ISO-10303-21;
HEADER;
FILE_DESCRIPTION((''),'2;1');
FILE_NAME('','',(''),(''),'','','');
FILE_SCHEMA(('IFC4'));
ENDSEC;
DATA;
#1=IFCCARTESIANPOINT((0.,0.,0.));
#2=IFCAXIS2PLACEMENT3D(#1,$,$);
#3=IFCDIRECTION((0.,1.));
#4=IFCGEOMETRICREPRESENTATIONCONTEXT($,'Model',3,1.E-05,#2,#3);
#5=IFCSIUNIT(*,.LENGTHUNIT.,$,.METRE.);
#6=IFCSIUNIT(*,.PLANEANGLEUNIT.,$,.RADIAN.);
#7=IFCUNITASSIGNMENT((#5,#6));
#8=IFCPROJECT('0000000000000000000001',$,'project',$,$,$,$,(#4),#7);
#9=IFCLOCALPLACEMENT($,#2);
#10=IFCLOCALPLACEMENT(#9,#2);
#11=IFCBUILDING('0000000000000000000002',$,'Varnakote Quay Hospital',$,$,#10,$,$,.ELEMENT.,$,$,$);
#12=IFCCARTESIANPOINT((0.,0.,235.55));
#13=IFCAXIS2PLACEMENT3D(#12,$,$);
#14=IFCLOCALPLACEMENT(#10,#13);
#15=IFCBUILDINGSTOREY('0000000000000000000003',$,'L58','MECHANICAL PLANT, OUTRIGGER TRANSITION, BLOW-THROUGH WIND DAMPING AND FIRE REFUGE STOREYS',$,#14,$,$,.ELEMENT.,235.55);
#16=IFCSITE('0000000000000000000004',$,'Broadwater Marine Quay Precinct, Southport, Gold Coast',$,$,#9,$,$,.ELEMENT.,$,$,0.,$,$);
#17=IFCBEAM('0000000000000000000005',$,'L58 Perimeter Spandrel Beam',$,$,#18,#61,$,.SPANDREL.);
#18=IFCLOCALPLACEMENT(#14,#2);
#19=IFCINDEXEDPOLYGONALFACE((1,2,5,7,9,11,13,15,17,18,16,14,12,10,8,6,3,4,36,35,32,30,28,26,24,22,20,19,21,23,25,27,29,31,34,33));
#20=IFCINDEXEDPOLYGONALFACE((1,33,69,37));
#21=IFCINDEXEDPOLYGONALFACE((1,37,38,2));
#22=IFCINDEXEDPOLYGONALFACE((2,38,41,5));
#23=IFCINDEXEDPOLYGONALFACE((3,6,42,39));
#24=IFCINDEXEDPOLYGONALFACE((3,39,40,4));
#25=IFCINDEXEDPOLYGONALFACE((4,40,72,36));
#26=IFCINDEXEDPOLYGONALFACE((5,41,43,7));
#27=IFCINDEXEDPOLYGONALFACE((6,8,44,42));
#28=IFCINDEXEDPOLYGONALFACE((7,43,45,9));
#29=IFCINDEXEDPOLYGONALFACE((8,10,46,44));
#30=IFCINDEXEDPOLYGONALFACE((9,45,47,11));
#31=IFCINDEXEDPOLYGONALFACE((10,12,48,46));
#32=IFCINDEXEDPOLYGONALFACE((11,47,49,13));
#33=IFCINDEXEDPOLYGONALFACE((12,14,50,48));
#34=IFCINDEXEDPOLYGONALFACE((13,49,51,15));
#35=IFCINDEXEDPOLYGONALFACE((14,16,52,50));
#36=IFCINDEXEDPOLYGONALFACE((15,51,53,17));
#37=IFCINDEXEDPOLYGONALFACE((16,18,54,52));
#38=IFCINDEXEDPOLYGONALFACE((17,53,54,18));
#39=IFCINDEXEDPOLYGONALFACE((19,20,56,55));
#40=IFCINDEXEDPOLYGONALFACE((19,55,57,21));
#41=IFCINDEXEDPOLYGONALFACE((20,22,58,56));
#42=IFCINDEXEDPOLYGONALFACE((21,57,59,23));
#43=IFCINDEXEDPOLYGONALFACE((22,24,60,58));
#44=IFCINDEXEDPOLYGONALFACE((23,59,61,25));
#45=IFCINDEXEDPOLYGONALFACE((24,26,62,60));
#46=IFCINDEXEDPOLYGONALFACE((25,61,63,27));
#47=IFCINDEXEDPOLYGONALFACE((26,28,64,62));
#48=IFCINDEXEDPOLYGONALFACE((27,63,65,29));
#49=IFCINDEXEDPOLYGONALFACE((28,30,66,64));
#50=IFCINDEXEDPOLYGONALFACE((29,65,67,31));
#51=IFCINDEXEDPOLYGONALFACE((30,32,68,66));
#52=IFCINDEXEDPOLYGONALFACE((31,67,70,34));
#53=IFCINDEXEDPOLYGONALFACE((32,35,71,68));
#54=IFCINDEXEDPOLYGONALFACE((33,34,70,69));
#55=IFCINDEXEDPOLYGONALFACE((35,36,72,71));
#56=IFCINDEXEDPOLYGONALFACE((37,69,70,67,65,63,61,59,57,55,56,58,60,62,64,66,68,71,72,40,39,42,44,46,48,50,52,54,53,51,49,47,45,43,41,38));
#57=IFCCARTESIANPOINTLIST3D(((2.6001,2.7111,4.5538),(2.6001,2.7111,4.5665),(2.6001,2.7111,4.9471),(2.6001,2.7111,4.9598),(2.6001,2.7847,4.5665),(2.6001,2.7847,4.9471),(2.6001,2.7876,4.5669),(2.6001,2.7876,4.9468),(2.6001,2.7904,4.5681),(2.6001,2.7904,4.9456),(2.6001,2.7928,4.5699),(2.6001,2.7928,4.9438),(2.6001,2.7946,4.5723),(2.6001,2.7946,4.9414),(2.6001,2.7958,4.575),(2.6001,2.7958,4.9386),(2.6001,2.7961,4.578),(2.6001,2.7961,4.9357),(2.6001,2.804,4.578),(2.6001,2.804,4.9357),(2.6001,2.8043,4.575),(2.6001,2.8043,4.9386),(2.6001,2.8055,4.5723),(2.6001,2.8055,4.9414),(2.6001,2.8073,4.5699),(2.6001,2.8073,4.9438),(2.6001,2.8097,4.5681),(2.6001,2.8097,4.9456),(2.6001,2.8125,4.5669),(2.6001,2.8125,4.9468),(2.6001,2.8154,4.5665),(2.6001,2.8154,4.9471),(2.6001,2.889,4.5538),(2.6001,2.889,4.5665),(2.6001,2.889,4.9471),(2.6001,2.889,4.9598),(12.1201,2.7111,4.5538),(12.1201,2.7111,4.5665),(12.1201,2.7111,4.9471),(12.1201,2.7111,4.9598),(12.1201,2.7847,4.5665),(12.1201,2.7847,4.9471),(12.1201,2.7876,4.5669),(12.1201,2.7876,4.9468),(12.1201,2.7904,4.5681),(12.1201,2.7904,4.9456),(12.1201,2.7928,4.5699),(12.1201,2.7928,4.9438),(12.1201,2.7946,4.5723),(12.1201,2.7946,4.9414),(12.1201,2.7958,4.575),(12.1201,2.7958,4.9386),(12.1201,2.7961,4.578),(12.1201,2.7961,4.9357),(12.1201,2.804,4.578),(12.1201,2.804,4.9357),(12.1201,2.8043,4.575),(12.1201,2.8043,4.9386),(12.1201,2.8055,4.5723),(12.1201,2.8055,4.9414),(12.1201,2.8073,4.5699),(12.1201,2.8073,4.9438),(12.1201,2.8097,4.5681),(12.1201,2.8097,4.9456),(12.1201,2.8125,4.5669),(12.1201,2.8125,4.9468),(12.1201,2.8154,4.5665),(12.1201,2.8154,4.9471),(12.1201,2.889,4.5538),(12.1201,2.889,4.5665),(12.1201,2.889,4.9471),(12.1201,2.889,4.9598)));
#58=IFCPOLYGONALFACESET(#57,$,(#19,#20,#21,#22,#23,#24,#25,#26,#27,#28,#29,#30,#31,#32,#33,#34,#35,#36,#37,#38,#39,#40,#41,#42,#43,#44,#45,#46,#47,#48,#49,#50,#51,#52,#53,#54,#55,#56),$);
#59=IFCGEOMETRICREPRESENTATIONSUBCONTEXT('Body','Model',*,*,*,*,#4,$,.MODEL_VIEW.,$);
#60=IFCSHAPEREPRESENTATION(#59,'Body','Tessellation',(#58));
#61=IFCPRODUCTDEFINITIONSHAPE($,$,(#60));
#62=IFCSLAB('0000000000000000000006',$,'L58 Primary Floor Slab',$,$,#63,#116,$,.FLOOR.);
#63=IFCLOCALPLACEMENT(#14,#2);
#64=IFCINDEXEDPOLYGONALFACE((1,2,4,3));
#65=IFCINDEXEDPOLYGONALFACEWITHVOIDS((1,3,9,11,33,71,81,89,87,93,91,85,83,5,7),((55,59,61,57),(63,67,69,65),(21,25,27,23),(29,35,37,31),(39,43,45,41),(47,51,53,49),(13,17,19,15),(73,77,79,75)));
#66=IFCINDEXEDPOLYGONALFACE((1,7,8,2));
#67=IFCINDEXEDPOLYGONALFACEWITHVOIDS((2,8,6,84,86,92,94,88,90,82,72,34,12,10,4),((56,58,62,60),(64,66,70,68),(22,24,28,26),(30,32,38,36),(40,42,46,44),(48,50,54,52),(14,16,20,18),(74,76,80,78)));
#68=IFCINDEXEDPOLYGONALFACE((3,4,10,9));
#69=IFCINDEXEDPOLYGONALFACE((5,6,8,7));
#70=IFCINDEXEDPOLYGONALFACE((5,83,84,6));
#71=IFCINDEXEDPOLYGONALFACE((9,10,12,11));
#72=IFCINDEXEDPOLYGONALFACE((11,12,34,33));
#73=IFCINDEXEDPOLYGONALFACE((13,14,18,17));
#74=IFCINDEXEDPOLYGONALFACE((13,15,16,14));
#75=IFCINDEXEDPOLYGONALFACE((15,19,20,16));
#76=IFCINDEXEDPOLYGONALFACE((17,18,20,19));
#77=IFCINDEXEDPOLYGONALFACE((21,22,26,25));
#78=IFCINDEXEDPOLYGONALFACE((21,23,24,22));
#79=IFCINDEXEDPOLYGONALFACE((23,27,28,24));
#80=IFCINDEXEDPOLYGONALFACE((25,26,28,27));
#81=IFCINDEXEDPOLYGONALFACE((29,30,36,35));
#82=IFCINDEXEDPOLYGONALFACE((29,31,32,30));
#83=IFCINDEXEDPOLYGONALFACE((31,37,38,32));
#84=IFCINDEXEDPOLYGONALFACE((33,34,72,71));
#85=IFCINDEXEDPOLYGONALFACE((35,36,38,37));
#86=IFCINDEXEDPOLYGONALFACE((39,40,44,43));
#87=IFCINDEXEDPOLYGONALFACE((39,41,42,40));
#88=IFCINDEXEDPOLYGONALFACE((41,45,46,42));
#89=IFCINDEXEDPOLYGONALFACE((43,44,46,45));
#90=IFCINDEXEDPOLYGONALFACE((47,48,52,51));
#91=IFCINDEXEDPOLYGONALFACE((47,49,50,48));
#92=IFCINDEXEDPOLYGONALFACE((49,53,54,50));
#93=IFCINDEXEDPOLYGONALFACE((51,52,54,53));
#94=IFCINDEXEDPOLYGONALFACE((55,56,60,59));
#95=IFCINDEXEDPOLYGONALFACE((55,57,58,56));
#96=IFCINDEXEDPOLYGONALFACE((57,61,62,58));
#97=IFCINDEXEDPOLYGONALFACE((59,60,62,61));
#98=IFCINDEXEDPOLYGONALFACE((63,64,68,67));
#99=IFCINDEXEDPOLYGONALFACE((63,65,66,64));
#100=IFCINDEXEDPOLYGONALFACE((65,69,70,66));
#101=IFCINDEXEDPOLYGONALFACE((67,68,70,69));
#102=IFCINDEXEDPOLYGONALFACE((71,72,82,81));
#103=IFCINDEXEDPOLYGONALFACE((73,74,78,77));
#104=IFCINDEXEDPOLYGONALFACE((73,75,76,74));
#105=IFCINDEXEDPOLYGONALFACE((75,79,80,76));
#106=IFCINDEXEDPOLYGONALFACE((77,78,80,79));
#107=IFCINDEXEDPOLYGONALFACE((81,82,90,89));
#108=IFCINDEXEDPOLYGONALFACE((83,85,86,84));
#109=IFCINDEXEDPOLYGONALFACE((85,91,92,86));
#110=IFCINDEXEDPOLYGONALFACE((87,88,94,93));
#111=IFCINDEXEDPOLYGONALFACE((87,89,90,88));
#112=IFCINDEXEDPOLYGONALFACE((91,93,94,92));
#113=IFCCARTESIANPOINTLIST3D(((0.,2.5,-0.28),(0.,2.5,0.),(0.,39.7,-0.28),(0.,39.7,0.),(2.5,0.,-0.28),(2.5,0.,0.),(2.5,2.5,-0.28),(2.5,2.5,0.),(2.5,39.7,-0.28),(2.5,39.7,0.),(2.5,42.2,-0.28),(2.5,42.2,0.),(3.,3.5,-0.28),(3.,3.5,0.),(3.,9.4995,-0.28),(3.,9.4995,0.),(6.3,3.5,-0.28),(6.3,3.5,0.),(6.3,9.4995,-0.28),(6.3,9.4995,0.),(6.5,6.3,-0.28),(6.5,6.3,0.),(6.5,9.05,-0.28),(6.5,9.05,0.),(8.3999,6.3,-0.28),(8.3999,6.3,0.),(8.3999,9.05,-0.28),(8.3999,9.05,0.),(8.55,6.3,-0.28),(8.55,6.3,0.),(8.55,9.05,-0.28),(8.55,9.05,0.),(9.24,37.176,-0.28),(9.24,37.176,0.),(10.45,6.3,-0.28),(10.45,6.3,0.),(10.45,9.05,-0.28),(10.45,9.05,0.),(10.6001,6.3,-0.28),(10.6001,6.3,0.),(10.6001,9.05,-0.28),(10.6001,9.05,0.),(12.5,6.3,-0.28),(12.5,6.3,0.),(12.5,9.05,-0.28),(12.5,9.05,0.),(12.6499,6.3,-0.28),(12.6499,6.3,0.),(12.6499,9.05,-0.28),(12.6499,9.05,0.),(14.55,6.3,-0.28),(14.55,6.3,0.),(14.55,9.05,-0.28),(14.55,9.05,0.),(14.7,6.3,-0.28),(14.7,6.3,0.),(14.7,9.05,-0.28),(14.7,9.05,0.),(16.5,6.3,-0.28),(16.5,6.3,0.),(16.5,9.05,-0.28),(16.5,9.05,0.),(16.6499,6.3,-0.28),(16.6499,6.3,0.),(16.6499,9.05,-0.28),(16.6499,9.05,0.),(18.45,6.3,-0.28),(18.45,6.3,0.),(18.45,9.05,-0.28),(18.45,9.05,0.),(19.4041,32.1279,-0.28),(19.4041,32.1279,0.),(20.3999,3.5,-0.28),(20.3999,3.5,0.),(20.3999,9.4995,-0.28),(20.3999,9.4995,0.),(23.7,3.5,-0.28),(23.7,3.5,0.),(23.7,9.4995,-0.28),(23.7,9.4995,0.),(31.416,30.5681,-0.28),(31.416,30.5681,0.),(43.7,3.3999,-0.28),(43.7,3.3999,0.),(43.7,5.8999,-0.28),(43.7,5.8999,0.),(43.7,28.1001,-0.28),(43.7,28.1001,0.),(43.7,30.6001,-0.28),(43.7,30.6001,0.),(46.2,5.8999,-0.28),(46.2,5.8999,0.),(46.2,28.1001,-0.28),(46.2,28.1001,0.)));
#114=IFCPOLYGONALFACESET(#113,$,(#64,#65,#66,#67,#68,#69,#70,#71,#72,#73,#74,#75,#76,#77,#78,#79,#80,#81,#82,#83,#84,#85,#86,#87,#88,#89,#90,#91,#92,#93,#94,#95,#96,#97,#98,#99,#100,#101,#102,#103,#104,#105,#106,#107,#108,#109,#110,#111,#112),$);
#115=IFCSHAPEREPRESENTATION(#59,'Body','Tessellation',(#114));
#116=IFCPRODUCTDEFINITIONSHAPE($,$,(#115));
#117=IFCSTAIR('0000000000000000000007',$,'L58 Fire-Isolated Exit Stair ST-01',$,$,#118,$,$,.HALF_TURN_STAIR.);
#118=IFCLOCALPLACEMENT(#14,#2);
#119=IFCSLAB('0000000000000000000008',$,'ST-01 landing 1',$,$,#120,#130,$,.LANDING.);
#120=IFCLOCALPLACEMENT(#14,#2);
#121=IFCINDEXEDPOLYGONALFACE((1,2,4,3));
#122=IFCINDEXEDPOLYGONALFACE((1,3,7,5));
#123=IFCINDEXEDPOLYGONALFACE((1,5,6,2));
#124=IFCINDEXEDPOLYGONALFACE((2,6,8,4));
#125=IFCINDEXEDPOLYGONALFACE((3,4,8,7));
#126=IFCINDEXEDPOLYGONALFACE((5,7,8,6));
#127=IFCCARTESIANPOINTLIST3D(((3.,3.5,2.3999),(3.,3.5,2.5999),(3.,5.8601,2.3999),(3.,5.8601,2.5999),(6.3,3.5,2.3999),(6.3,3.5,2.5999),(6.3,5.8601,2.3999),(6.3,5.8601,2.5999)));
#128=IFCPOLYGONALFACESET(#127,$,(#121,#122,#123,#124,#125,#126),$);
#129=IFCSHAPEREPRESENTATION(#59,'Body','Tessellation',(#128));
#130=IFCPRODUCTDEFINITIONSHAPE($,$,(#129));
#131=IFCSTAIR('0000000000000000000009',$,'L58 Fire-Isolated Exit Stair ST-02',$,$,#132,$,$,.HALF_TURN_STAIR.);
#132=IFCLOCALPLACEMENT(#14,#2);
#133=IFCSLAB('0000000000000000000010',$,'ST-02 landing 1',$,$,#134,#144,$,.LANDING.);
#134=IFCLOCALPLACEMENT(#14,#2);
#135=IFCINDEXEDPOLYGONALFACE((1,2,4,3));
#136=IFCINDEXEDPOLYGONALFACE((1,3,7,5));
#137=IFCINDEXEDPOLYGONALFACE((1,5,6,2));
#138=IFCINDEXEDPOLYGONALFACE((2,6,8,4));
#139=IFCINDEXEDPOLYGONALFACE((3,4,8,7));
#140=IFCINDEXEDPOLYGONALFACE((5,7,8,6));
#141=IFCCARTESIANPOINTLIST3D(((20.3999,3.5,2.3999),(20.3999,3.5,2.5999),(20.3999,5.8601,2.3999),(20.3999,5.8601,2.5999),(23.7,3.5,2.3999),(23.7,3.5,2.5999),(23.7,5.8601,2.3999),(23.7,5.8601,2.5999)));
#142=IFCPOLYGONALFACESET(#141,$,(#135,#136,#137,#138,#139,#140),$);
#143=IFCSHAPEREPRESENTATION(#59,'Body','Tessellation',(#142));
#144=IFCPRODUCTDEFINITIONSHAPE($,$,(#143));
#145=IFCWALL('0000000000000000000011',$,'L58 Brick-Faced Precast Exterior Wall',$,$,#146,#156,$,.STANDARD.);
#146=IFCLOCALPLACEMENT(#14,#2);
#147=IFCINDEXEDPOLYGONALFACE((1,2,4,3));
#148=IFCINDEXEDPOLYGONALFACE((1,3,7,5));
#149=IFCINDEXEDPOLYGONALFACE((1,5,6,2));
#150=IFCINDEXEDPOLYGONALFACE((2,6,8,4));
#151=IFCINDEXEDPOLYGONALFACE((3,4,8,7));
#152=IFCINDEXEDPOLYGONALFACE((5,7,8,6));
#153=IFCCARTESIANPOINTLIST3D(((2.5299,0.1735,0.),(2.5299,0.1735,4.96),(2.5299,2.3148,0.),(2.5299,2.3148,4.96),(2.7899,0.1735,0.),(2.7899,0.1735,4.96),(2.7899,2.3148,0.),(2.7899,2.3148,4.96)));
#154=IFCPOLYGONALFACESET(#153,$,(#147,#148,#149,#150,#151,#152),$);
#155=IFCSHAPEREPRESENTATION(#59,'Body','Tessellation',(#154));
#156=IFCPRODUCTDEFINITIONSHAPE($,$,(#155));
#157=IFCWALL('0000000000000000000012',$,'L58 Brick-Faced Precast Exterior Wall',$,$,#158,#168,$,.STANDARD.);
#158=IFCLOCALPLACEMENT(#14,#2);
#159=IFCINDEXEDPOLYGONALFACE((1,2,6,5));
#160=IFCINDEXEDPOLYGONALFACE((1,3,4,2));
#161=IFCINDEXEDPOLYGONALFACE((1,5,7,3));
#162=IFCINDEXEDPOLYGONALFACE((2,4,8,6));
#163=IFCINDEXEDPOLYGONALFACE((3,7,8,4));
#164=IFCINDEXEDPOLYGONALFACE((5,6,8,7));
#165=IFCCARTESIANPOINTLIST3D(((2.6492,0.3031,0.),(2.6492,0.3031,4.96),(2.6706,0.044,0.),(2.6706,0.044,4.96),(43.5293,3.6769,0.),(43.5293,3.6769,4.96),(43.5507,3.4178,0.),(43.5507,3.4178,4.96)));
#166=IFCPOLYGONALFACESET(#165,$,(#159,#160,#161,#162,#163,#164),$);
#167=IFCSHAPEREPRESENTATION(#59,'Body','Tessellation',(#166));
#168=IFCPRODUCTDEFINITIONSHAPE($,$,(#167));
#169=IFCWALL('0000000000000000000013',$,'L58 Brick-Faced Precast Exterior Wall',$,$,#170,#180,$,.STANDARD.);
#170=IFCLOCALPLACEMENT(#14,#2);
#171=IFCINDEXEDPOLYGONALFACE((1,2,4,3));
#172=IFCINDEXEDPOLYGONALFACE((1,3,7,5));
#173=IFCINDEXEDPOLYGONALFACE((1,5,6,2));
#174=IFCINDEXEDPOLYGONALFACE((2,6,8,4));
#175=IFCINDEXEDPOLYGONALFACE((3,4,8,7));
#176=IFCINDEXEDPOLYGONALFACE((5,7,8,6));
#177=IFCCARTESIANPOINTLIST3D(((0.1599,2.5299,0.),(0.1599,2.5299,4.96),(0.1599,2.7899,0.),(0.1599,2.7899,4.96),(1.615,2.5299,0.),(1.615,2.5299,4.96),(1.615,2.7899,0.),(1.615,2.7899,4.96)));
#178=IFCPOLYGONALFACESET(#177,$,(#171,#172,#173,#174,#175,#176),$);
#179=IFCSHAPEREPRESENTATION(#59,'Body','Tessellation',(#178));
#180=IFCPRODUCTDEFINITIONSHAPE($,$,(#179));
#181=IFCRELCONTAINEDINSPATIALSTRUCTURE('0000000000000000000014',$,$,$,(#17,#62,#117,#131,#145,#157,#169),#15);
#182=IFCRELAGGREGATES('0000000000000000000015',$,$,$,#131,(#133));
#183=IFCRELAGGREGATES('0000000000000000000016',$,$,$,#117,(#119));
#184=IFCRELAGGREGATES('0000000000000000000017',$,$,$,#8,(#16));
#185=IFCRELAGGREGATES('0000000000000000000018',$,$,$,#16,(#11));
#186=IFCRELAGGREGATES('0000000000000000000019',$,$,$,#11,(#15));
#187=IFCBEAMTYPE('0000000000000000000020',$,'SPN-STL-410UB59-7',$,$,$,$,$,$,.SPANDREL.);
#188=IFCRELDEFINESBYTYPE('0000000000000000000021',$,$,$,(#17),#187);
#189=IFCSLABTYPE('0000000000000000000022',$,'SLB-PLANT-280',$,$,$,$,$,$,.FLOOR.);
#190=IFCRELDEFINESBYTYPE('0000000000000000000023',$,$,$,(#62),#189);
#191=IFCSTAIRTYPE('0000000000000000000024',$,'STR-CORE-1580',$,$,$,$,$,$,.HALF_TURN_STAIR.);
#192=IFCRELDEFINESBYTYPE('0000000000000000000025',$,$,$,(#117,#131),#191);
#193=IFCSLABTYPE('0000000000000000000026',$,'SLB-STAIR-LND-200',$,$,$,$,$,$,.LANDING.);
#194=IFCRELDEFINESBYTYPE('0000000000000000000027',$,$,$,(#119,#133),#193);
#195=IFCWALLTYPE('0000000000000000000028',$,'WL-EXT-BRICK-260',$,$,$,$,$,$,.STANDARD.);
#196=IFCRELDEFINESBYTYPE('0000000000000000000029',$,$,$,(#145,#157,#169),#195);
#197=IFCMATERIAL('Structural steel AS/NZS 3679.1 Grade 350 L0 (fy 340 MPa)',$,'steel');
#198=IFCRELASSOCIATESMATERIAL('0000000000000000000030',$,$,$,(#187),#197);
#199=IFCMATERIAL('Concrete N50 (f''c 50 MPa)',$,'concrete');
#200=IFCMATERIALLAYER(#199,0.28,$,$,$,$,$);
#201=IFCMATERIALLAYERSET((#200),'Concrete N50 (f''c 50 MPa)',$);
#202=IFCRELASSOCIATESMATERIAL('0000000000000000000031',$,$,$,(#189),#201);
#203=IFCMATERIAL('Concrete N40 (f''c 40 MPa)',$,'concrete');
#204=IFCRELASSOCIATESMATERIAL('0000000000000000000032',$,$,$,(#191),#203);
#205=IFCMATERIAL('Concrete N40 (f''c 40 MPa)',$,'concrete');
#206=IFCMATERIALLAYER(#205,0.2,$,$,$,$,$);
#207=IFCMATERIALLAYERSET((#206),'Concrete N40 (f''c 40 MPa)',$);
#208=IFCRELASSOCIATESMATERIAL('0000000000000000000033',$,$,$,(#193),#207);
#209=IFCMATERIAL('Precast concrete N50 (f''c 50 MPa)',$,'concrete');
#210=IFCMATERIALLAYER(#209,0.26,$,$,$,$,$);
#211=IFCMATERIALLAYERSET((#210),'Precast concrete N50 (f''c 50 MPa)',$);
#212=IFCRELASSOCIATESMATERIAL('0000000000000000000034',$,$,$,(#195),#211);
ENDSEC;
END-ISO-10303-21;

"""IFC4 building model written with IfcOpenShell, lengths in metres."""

from ifc_helpers import new_model, si_unit, direction, frame, frame_2d, origin, origin_2d, place, context, subcontext, project, spatial, polyline, rectangle, i_section, outline, extrude, material, layer, layer_set, material_profile, profile_set, type_object, element, aggregate, save


model = new_model("IFC4")

# Units and contexts
model_context = context("Model", 3, precision=1e-05, world=origin(), true_north=direction((0.0, 1.0)))
body_context = subcontext(model_context, "Body", "Model", "MODEL_VIEW")
ifc_project = project(units=[si_unit("LENGTHUNIT", "METRE"), si_unit("PLANEANGLEUNIT", "RADIAN")], contexts=[model_context])

# Site, building, storey
site_placement = place(None, origin())
site = spatial("IfcSite", under=ifc_project, at=site_placement, Name="Broadwater Marine Quay Precinct, Southport, Gold Coast", CompositionType="ELEMENT", RefElevation=0.0)
building_placement = place(site_placement, origin())
building = spatial("IfcBuilding", under=site, at=building_placement, Name="Varnakote Quay Hospital", CompositionType="ELEMENT")
storey_placement = place(building_placement, frame((0.0, 0.0, 235.55)))
storey = spatial("IfcBuildingStorey", under=building, at=storey_placement, Name="L58", Description="MECHANICAL PLANT, OUTRIGGER TRANSITION, BLOW-THROUGH WIND DAMPING AND FIRE REFUGE STOREYS", CompositionType="ELEMENT", Elevation=235.55)

# Beam
ifc_material_1 = material(Name="Structural steel AS/NZS 3679.1 Grade 350 L0 (fy 340 MPa)", Category="steel")
ifc_material_profile_1 = material_profile(ifc_material_1, i_section(OverallWidth=0.178, OverallDepth=0.406, WebThickness=0.0078, FlangeThickness=0.0127, FilletRadius=0.0115, at=origin_2d()), Name="410UB59.7")
ifc_profile_set_1 = profile_set([ifc_material_profile_1], Name="Structural steel AS/NZS 3679.1 Grade 350 L0 (fy 340 MPa)")
beam_type_1 = type_object("IfcBeamType", Name="SPN-STL-410UB59-7", PredefinedType="SPANDREL", material=ifc_profile_set_1)
beam_1_placement = place(storey_placement, frame((2.6001, 2.8, 4.7568), z_axis=(1.0, 0.0, 0.0), x_axis=(0.0, 1.0, 0.0)))
element("IfcBeam", 1, at=beam_1_placement, inside=storey, type_object=beam_type_1, Name="L58 Perimeter Spandrel Beam", PredefinedType="SPANDREL", context=body_context, shape_type="SweptSolid", body=[
    extrude(i_section(OverallWidth=0.178, OverallDepth=0.406, WebThickness=0.0078, FlangeThickness=0.0127, FilletRadius=0.0115, at=origin_2d()), origin(), (0.0, 0.0, 1.0), 9.52),
])

# Slab
ifc_material_2 = material(Name="Concrete N50 (f'c 50 MPa)", Category="concrete")
ifc_layer_1 = layer(ifc_material_2, 0.28)
ifc_layer_set_1 = layer_set([ifc_layer_1], Name="Concrete N50 (f'c 50 MPa)")
slab_type_1 = type_object("IfcSlabType", Name="SLB-PLANT-280", PredefinedType="FLOOR", material=ifc_layer_set_1)
slab_1_placement = place(storey_placement, frame((0.0, 0.0, -0.28)))
element("IfcSlab", 2, at=slab_1_placement, inside=storey, type_object=slab_type_1, Name="L58 Primary Floor Slab", PredefinedType="FLOOR", context=body_context, shape_type="SweptSolid", body=[
    extrude(outline(polyline([(0.0, 2.5), (2.5, 2.5), (2.5, 0.0), (43.7, 3.3999), (43.7, 5.8999), (46.2, 5.8999), (46.2, 28.1001), (43.7, 28.1001), (43.7, 30.6001), (31.416, 30.5681), (19.4041, 32.1279), (9.24, 37.176), (2.5, 42.2), (2.5, 39.7), (0.0, 39.7), (0.0, 2.5)]), holes=[polyline([(3.0, 3.5), (6.3, 3.5), (6.3, 9.4995), (3.0, 9.4995), (3.0, 3.5)]), polyline([(20.3999, 3.5), (23.7, 3.5), (23.7, 9.4995), (20.3999, 9.4995), (20.3999, 3.5)]), polyline([(6.5, 6.3), (8.3999, 6.3), (8.3999, 9.05), (6.5, 9.05), (6.5, 6.3)]), polyline([(8.55, 6.3), (10.45, 6.3), (10.45, 9.05), (8.55, 9.05), (8.55, 6.3)]), polyline([(10.6001, 6.3), (12.5, 6.3), (12.5, 9.05), (10.6001, 9.05), (10.6001, 6.3)]), polyline([(12.6499, 6.3), (14.55, 6.3), (14.55, 9.05), (12.6499, 9.05), (12.6499, 6.3)]), polyline([(14.7, 6.3), (16.5, 6.3), (16.5, 9.05), (14.7, 9.05), (14.7, 6.3)]), polyline([(16.6499, 6.3), (18.45, 6.3), (18.45, 9.05), (16.6499, 9.05), (16.6499, 6.3)])]), origin(), (0.0, 0.0, 1.0), 0.28),
])

# Stairs, slabs
ifc_material_3 = material(Name="Concrete N40 (f'c 40 MPa)", Category="concrete")
stair_type = type_object("IfcStairType", Name="STR-CORE-1580", PredefinedType="HALF_TURN_STAIR", material=ifc_material_3)
stair_1_placement = place(storey_placement, origin())
stair_1 = element("IfcStair", 3, at=stair_1_placement, inside=storey, type_object=stair_type, Name="L58 Fire-Isolated Exit Stair ST-01", PredefinedType="HALF_TURN_STAIR")
ifc_material_4 = material(Name="Concrete N40 (f'c 40 MPa)", Category="concrete")
ifc_layer_2 = layer(ifc_material_4, 0.2)
ifc_layer_set_2 = layer_set([ifc_layer_2], Name="Concrete N40 (f'c 40 MPa)")
slab_type_2 = type_object("IfcSlabType", Name="SLB-STAIR-LND-200", PredefinedType="LANDING", material=ifc_layer_set_2)
slab_2_placement = place(storey_placement, frame((0.0, 0.0, 2.3999)))
slab_2 = element("IfcSlab", 4, at=slab_2_placement, type_object=slab_type_2, Name="ST-01 landing 1", PredefinedType="LANDING", context=body_context, shape_type="SweptSolid", body=[
    extrude(outline(polyline([(3.0, 5.8601), (3.0, 3.5), (6.3, 3.5), (6.3, 5.8601), (3.0, 5.8601)])), origin(), (0.0, 0.0, 1.0), 0.2),
])
stair_2_placement = place(storey_placement, origin())
stair_2 = element("IfcStair", 5, at=stair_2_placement, inside=storey, type_object=stair_type, Name="L58 Fire-Isolated Exit Stair ST-02", PredefinedType="HALF_TURN_STAIR")
slab_3_placement = place(storey_placement, frame((0.0, 0.0, 2.3999)))
slab_3 = element("IfcSlab", 6, at=slab_3_placement, type_object=slab_type_2, Name="ST-02 landing 1", PredefinedType="LANDING", context=body_context, shape_type="SweptSolid", body=[
    extrude(outline(polyline([(20.3999, 5.8601), (20.3999, 3.5), (23.7, 3.5), (23.7, 5.8601), (20.3999, 5.8601)])), origin(), (0.0, 0.0, 1.0), 0.2),
])
aggregate(stair_2, [slab_3])

# Walls
ifc_material_5 = material(Name="Precast concrete N50 (f'c 50 MPa)", Category="concrete")
ifc_layer_3 = layer(ifc_material_5, 0.26)
ifc_layer_set_3 = layer_set([ifc_layer_3], Name="Precast concrete N50 (f'c 50 MPa)")
wall_type_1 = type_object("IfcWallType", Name="WL-EXT-BRICK-260", PredefinedType="STANDARD", material=ifc_layer_set_3)
wall_1_placement = place(storey_placement, frame((2.6599, 2.3149, 0.0), z_axis=(0.0, 0.0, 1.0), x_axis=(0.0, -1.0, 0.0)))
element("IfcWall", 7, at=wall_1_placement, inside=storey, type_object=wall_type_1, Name="L58 Brick-Faced Precast Exterior Wall", PredefinedType="STANDARD", context=body_context, shape_type="SweptSolid", body=[
    extrude(rectangle(XDim=2.1414, YDim=0.26, at=frame_2d((1.0708, 0.0))), origin(), (0.0, 0.0, 1.0), 4.96),
])
wall_2_placement = place(storey_placement, frame((2.6599, 0.1736, 0.0), z_axis=(0.0, 0.0, 1.0), x_axis=(0.996612, 0.082249, 0.0)))
element("IfcWall", 8, at=wall_2_placement, inside=storey, type_object=wall_type_1, Name="L58 Brick-Faced Precast Exterior Wall", PredefinedType="STANDARD", context=body_context, shape_type="SweptSolid", body=[
    extrude(rectangle(XDim=41.019, YDim=0.26, at=frame_2d((20.5095, 0.0))), origin(), (0.0, 0.0, 1.0), 4.96),
])
wall_3_placement = place(storey_placement, frame((0.1599, 2.6599, 0.0), z_axis=(0.0, 0.0, 1.0), x_axis=(1.0, 0.0, 0.0)))
element("IfcWall", 9, at=wall_3_placement, inside=storey, type_object=wall_type_1, Name="L58 Brick-Faced Precast Exterior Wall", PredefinedType="STANDARD", context=body_context, shape_type="SweptSolid", body=[
    extrude(rectangle(XDim=1.4551, YDim=0.26, at=frame_2d((0.7275, 0.0))), origin(), (0.0, 0.0, 1.0), 4.96),
])

aggregate(stair_1, [slab_2])

save(model, "model.ifc")
